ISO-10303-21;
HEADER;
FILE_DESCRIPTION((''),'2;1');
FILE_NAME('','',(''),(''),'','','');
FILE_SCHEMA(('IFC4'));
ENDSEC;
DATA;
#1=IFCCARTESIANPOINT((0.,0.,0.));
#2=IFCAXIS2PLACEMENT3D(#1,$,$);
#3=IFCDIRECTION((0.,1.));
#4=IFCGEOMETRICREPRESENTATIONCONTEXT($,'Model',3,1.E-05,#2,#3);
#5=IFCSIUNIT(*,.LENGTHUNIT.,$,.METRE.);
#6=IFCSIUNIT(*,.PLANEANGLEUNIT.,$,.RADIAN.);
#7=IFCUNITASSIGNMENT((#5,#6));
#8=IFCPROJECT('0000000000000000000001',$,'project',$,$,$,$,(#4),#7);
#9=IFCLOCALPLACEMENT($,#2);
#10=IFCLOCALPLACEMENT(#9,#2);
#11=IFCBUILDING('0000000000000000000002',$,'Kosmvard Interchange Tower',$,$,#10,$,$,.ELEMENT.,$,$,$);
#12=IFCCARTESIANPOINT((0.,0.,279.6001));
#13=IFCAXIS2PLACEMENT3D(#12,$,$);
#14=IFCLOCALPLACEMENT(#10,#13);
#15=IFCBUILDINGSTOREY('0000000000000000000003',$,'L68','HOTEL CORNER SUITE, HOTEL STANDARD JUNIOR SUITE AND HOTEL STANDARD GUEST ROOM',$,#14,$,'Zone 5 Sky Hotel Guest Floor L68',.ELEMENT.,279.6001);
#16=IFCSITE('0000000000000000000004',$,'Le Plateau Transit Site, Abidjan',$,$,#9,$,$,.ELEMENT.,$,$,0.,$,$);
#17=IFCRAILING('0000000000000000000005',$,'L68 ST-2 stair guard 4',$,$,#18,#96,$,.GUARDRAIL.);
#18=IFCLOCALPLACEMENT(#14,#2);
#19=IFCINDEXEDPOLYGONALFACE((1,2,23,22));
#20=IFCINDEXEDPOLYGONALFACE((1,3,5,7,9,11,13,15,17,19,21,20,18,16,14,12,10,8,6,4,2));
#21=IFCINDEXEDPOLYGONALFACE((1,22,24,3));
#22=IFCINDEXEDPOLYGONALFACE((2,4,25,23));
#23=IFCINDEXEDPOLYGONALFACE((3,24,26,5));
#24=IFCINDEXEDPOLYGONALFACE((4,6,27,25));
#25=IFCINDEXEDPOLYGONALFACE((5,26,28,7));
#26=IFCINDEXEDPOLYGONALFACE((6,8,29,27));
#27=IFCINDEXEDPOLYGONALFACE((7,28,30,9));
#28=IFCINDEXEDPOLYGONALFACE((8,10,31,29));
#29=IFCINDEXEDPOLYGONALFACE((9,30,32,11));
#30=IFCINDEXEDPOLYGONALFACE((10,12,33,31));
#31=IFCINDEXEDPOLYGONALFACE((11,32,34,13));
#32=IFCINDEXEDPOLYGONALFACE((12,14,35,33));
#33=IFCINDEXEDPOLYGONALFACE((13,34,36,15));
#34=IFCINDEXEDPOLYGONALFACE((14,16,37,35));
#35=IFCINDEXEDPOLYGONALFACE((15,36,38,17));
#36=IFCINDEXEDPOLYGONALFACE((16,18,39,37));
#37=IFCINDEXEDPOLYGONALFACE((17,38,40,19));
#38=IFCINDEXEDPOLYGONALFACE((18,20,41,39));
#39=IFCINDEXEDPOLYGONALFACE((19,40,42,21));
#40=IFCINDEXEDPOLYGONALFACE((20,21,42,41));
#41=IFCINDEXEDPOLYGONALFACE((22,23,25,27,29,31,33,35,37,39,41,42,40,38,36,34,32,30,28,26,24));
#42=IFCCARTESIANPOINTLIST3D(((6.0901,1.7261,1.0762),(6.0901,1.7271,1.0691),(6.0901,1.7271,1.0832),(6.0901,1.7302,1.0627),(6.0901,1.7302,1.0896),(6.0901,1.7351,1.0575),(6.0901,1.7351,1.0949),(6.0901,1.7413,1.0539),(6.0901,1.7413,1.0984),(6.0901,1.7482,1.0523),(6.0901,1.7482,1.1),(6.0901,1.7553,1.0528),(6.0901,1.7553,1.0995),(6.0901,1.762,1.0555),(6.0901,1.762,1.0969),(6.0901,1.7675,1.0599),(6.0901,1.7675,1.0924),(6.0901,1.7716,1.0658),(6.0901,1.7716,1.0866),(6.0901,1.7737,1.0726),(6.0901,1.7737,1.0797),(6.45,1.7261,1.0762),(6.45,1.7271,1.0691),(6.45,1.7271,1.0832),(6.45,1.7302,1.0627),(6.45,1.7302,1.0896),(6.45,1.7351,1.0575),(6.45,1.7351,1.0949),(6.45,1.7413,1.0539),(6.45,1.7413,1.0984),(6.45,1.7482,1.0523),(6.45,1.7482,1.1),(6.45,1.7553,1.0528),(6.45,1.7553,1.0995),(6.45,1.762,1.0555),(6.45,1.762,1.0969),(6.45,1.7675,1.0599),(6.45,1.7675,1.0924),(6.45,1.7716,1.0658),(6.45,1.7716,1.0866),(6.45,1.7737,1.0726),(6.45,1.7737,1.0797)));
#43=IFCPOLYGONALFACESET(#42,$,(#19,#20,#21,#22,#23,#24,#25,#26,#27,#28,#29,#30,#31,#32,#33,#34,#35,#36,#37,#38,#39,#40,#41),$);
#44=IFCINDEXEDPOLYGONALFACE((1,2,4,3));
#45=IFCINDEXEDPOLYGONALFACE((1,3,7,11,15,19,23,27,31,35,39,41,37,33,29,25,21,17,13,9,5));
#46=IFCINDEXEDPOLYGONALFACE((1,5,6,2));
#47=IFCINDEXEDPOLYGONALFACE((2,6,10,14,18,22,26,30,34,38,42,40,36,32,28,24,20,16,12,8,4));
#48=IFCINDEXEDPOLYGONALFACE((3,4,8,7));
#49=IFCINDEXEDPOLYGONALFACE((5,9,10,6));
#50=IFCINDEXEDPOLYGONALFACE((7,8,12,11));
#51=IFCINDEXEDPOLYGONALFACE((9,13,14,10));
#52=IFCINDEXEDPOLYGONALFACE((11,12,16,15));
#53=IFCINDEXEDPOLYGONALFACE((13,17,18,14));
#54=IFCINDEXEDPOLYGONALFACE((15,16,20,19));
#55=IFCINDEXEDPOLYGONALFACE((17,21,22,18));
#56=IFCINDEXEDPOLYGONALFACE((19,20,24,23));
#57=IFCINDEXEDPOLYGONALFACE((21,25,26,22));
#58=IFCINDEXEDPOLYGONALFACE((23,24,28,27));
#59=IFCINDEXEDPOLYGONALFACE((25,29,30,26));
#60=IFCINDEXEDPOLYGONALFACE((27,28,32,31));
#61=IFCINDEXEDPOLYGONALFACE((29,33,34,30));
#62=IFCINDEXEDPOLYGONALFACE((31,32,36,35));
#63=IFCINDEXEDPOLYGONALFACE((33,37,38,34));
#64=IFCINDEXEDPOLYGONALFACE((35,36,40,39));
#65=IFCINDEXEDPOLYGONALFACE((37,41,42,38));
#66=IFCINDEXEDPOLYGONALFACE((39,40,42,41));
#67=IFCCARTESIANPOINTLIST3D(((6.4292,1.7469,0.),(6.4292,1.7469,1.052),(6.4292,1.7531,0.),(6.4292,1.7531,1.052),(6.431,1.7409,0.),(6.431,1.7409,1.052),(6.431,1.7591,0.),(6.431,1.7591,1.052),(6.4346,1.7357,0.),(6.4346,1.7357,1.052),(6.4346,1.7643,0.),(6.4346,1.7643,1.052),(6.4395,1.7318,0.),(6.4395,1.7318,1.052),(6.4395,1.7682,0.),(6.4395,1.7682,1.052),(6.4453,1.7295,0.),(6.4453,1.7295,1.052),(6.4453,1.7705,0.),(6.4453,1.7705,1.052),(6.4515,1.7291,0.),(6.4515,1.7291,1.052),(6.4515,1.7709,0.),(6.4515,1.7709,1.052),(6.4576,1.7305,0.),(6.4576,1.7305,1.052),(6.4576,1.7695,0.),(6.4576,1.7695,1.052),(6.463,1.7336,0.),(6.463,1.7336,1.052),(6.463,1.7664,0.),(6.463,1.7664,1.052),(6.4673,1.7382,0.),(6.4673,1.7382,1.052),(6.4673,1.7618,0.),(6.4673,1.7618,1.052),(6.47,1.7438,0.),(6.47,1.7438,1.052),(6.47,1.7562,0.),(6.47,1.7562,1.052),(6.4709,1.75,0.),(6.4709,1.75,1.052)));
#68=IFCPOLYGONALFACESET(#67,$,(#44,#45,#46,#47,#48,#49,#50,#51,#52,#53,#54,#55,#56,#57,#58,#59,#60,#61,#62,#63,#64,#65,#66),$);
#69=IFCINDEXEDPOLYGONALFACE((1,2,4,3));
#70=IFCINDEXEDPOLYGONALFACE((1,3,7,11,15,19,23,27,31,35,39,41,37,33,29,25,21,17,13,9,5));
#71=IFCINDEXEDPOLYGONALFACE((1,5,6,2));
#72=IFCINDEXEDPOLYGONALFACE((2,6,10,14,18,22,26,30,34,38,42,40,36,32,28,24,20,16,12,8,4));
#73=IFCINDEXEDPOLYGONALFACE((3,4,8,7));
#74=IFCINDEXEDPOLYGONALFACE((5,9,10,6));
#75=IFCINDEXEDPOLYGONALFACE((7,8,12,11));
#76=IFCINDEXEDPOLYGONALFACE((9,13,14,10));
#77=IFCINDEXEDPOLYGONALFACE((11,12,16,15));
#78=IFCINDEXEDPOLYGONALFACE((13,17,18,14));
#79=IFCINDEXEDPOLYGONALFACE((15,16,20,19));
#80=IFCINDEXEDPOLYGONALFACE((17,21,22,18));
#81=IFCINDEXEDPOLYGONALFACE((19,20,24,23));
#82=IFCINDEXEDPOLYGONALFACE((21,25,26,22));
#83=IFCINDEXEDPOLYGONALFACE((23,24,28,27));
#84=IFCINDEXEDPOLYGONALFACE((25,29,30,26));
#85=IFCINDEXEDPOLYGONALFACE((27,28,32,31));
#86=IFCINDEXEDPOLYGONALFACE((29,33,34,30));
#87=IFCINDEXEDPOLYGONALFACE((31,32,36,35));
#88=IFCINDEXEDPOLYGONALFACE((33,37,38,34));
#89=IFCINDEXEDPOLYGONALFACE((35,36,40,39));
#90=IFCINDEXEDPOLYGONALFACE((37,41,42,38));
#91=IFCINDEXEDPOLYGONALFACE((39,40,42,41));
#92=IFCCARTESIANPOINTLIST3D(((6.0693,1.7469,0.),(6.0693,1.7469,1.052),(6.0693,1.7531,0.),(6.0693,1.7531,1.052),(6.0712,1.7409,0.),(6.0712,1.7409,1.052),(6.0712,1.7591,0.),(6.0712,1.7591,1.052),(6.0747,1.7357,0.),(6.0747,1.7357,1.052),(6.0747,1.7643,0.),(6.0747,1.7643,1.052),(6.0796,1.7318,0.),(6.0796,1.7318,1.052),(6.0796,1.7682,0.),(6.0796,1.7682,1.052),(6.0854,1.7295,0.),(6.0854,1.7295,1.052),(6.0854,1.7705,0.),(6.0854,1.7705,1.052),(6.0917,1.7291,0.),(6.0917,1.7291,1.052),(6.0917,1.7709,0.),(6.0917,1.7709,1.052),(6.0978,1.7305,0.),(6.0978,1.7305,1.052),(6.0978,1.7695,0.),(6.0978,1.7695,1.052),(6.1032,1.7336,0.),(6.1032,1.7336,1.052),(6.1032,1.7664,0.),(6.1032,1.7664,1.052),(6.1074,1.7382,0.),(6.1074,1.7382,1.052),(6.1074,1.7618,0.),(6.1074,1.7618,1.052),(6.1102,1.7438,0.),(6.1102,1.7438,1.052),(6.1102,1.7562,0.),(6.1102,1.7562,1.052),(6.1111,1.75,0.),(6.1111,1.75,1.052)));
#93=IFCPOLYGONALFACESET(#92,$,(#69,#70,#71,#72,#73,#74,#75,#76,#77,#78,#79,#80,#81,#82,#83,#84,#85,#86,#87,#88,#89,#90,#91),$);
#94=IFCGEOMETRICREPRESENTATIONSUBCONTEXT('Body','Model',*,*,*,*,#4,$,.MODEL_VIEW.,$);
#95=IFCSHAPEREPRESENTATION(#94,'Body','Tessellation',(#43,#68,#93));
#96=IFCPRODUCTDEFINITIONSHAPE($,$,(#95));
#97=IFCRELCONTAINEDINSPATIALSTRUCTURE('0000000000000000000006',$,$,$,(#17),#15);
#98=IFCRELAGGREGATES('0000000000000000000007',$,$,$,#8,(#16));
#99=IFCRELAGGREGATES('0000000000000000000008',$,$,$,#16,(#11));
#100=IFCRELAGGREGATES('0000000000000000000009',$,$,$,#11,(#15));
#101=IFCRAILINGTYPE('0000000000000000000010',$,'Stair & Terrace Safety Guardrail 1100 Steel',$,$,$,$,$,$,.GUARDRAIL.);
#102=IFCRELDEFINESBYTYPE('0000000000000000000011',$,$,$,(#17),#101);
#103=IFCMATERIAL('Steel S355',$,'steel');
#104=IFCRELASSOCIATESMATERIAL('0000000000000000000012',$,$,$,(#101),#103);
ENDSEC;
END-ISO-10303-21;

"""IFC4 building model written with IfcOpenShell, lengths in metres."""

from ifc_helpers import new_model, si_unit, direction, frame, origin, origin_2d, place, context, subcontext, project, spatial, circle, extrude, source, transform, mapped, material, type_object, element, save


model = new_model("IFC4")

# Units and contexts
model_context = context("Model", 3, precision=1e-05, world=origin(), true_north=direction((0.0, 1.0)))
body_context = subcontext(model_context, "Body", "Model", "MODEL_VIEW")
ifc_project = project(units=[si_unit("LENGTHUNIT", "METRE"), si_unit("PLANEANGLEUNIT", "RADIAN")], contexts=[model_context])

# Site, building, storey
site_placement = place(None, origin())
site = spatial("IfcSite", under=ifc_project, at=site_placement, Name="Le Plateau Transit Site, Abidjan", CompositionType="ELEMENT", RefElevation=0.0)
building_placement = place(site_placement, origin())
building = spatial("IfcBuilding", under=site, at=building_placement, Name="Kosmvard Interchange Tower", CompositionType="ELEMENT")
storey_placement = place(building_placement, frame((0.0, 0.0, 279.6001)))
storey = spatial("IfcBuildingStorey", under=building, at=storey_placement, Name="L68", Description="HOTEL CORNER SUITE, HOTEL STANDARD JUNIOR SUITE AND HOTEL STANDARD GUEST ROOM", LongName="Zone 5 Sky Hotel Guest Floor L68", CompositionType="ELEMENT", Elevation=279.6001)

# Shared definitions
ifc_material_1 = material(Name="Steel S355", Category="steel")

# Railing
railing_type_1 = type_object("IfcRailingType", Name="Stair & Terrace Safety Guardrail 1100 Steel", PredefinedType="GUARDRAIL", material=ifc_material_1)
shared_shape_1 = source(origin(), body_context, "Body", "SweptSolid", [
    extrude(circle(Radius=0.0239, at=origin_2d()), frame((0.0, 0.0, 1.0762), z_axis=(-1.0, 0.0, 0.0), x_axis=(0.0, -1.0, 0.0)), (0.0, 0.0, 1.0), 0.3599),
    extrude(circle(Radius=0.021, at=origin_2d()), origin(), (0.0, 0.0, 1.0), 1.052),
    extrude(circle(Radius=0.021, at=origin_2d()), frame((-0.3599, 0.0, 0.0)), (0.0, 0.0, 1.0), 1.052),
])
for number, where, name in (
    (1, (6.45, 1.75, 0.0), "L68 ST-2 stair guard 4"),
):
    element("IfcRailing", number, at=place(storey_placement, frame(where)), inside=storey, type_object=railing_type_1, Name=name, PredefinedType="GUARDRAIL", context=body_context, shape_type="MappedRepresentation", body=[
        mapped(shared_shape_1, transform((0.0, 0.0, 0.0), scale=1.0)),
    ])

save(model, "model.ifc")
